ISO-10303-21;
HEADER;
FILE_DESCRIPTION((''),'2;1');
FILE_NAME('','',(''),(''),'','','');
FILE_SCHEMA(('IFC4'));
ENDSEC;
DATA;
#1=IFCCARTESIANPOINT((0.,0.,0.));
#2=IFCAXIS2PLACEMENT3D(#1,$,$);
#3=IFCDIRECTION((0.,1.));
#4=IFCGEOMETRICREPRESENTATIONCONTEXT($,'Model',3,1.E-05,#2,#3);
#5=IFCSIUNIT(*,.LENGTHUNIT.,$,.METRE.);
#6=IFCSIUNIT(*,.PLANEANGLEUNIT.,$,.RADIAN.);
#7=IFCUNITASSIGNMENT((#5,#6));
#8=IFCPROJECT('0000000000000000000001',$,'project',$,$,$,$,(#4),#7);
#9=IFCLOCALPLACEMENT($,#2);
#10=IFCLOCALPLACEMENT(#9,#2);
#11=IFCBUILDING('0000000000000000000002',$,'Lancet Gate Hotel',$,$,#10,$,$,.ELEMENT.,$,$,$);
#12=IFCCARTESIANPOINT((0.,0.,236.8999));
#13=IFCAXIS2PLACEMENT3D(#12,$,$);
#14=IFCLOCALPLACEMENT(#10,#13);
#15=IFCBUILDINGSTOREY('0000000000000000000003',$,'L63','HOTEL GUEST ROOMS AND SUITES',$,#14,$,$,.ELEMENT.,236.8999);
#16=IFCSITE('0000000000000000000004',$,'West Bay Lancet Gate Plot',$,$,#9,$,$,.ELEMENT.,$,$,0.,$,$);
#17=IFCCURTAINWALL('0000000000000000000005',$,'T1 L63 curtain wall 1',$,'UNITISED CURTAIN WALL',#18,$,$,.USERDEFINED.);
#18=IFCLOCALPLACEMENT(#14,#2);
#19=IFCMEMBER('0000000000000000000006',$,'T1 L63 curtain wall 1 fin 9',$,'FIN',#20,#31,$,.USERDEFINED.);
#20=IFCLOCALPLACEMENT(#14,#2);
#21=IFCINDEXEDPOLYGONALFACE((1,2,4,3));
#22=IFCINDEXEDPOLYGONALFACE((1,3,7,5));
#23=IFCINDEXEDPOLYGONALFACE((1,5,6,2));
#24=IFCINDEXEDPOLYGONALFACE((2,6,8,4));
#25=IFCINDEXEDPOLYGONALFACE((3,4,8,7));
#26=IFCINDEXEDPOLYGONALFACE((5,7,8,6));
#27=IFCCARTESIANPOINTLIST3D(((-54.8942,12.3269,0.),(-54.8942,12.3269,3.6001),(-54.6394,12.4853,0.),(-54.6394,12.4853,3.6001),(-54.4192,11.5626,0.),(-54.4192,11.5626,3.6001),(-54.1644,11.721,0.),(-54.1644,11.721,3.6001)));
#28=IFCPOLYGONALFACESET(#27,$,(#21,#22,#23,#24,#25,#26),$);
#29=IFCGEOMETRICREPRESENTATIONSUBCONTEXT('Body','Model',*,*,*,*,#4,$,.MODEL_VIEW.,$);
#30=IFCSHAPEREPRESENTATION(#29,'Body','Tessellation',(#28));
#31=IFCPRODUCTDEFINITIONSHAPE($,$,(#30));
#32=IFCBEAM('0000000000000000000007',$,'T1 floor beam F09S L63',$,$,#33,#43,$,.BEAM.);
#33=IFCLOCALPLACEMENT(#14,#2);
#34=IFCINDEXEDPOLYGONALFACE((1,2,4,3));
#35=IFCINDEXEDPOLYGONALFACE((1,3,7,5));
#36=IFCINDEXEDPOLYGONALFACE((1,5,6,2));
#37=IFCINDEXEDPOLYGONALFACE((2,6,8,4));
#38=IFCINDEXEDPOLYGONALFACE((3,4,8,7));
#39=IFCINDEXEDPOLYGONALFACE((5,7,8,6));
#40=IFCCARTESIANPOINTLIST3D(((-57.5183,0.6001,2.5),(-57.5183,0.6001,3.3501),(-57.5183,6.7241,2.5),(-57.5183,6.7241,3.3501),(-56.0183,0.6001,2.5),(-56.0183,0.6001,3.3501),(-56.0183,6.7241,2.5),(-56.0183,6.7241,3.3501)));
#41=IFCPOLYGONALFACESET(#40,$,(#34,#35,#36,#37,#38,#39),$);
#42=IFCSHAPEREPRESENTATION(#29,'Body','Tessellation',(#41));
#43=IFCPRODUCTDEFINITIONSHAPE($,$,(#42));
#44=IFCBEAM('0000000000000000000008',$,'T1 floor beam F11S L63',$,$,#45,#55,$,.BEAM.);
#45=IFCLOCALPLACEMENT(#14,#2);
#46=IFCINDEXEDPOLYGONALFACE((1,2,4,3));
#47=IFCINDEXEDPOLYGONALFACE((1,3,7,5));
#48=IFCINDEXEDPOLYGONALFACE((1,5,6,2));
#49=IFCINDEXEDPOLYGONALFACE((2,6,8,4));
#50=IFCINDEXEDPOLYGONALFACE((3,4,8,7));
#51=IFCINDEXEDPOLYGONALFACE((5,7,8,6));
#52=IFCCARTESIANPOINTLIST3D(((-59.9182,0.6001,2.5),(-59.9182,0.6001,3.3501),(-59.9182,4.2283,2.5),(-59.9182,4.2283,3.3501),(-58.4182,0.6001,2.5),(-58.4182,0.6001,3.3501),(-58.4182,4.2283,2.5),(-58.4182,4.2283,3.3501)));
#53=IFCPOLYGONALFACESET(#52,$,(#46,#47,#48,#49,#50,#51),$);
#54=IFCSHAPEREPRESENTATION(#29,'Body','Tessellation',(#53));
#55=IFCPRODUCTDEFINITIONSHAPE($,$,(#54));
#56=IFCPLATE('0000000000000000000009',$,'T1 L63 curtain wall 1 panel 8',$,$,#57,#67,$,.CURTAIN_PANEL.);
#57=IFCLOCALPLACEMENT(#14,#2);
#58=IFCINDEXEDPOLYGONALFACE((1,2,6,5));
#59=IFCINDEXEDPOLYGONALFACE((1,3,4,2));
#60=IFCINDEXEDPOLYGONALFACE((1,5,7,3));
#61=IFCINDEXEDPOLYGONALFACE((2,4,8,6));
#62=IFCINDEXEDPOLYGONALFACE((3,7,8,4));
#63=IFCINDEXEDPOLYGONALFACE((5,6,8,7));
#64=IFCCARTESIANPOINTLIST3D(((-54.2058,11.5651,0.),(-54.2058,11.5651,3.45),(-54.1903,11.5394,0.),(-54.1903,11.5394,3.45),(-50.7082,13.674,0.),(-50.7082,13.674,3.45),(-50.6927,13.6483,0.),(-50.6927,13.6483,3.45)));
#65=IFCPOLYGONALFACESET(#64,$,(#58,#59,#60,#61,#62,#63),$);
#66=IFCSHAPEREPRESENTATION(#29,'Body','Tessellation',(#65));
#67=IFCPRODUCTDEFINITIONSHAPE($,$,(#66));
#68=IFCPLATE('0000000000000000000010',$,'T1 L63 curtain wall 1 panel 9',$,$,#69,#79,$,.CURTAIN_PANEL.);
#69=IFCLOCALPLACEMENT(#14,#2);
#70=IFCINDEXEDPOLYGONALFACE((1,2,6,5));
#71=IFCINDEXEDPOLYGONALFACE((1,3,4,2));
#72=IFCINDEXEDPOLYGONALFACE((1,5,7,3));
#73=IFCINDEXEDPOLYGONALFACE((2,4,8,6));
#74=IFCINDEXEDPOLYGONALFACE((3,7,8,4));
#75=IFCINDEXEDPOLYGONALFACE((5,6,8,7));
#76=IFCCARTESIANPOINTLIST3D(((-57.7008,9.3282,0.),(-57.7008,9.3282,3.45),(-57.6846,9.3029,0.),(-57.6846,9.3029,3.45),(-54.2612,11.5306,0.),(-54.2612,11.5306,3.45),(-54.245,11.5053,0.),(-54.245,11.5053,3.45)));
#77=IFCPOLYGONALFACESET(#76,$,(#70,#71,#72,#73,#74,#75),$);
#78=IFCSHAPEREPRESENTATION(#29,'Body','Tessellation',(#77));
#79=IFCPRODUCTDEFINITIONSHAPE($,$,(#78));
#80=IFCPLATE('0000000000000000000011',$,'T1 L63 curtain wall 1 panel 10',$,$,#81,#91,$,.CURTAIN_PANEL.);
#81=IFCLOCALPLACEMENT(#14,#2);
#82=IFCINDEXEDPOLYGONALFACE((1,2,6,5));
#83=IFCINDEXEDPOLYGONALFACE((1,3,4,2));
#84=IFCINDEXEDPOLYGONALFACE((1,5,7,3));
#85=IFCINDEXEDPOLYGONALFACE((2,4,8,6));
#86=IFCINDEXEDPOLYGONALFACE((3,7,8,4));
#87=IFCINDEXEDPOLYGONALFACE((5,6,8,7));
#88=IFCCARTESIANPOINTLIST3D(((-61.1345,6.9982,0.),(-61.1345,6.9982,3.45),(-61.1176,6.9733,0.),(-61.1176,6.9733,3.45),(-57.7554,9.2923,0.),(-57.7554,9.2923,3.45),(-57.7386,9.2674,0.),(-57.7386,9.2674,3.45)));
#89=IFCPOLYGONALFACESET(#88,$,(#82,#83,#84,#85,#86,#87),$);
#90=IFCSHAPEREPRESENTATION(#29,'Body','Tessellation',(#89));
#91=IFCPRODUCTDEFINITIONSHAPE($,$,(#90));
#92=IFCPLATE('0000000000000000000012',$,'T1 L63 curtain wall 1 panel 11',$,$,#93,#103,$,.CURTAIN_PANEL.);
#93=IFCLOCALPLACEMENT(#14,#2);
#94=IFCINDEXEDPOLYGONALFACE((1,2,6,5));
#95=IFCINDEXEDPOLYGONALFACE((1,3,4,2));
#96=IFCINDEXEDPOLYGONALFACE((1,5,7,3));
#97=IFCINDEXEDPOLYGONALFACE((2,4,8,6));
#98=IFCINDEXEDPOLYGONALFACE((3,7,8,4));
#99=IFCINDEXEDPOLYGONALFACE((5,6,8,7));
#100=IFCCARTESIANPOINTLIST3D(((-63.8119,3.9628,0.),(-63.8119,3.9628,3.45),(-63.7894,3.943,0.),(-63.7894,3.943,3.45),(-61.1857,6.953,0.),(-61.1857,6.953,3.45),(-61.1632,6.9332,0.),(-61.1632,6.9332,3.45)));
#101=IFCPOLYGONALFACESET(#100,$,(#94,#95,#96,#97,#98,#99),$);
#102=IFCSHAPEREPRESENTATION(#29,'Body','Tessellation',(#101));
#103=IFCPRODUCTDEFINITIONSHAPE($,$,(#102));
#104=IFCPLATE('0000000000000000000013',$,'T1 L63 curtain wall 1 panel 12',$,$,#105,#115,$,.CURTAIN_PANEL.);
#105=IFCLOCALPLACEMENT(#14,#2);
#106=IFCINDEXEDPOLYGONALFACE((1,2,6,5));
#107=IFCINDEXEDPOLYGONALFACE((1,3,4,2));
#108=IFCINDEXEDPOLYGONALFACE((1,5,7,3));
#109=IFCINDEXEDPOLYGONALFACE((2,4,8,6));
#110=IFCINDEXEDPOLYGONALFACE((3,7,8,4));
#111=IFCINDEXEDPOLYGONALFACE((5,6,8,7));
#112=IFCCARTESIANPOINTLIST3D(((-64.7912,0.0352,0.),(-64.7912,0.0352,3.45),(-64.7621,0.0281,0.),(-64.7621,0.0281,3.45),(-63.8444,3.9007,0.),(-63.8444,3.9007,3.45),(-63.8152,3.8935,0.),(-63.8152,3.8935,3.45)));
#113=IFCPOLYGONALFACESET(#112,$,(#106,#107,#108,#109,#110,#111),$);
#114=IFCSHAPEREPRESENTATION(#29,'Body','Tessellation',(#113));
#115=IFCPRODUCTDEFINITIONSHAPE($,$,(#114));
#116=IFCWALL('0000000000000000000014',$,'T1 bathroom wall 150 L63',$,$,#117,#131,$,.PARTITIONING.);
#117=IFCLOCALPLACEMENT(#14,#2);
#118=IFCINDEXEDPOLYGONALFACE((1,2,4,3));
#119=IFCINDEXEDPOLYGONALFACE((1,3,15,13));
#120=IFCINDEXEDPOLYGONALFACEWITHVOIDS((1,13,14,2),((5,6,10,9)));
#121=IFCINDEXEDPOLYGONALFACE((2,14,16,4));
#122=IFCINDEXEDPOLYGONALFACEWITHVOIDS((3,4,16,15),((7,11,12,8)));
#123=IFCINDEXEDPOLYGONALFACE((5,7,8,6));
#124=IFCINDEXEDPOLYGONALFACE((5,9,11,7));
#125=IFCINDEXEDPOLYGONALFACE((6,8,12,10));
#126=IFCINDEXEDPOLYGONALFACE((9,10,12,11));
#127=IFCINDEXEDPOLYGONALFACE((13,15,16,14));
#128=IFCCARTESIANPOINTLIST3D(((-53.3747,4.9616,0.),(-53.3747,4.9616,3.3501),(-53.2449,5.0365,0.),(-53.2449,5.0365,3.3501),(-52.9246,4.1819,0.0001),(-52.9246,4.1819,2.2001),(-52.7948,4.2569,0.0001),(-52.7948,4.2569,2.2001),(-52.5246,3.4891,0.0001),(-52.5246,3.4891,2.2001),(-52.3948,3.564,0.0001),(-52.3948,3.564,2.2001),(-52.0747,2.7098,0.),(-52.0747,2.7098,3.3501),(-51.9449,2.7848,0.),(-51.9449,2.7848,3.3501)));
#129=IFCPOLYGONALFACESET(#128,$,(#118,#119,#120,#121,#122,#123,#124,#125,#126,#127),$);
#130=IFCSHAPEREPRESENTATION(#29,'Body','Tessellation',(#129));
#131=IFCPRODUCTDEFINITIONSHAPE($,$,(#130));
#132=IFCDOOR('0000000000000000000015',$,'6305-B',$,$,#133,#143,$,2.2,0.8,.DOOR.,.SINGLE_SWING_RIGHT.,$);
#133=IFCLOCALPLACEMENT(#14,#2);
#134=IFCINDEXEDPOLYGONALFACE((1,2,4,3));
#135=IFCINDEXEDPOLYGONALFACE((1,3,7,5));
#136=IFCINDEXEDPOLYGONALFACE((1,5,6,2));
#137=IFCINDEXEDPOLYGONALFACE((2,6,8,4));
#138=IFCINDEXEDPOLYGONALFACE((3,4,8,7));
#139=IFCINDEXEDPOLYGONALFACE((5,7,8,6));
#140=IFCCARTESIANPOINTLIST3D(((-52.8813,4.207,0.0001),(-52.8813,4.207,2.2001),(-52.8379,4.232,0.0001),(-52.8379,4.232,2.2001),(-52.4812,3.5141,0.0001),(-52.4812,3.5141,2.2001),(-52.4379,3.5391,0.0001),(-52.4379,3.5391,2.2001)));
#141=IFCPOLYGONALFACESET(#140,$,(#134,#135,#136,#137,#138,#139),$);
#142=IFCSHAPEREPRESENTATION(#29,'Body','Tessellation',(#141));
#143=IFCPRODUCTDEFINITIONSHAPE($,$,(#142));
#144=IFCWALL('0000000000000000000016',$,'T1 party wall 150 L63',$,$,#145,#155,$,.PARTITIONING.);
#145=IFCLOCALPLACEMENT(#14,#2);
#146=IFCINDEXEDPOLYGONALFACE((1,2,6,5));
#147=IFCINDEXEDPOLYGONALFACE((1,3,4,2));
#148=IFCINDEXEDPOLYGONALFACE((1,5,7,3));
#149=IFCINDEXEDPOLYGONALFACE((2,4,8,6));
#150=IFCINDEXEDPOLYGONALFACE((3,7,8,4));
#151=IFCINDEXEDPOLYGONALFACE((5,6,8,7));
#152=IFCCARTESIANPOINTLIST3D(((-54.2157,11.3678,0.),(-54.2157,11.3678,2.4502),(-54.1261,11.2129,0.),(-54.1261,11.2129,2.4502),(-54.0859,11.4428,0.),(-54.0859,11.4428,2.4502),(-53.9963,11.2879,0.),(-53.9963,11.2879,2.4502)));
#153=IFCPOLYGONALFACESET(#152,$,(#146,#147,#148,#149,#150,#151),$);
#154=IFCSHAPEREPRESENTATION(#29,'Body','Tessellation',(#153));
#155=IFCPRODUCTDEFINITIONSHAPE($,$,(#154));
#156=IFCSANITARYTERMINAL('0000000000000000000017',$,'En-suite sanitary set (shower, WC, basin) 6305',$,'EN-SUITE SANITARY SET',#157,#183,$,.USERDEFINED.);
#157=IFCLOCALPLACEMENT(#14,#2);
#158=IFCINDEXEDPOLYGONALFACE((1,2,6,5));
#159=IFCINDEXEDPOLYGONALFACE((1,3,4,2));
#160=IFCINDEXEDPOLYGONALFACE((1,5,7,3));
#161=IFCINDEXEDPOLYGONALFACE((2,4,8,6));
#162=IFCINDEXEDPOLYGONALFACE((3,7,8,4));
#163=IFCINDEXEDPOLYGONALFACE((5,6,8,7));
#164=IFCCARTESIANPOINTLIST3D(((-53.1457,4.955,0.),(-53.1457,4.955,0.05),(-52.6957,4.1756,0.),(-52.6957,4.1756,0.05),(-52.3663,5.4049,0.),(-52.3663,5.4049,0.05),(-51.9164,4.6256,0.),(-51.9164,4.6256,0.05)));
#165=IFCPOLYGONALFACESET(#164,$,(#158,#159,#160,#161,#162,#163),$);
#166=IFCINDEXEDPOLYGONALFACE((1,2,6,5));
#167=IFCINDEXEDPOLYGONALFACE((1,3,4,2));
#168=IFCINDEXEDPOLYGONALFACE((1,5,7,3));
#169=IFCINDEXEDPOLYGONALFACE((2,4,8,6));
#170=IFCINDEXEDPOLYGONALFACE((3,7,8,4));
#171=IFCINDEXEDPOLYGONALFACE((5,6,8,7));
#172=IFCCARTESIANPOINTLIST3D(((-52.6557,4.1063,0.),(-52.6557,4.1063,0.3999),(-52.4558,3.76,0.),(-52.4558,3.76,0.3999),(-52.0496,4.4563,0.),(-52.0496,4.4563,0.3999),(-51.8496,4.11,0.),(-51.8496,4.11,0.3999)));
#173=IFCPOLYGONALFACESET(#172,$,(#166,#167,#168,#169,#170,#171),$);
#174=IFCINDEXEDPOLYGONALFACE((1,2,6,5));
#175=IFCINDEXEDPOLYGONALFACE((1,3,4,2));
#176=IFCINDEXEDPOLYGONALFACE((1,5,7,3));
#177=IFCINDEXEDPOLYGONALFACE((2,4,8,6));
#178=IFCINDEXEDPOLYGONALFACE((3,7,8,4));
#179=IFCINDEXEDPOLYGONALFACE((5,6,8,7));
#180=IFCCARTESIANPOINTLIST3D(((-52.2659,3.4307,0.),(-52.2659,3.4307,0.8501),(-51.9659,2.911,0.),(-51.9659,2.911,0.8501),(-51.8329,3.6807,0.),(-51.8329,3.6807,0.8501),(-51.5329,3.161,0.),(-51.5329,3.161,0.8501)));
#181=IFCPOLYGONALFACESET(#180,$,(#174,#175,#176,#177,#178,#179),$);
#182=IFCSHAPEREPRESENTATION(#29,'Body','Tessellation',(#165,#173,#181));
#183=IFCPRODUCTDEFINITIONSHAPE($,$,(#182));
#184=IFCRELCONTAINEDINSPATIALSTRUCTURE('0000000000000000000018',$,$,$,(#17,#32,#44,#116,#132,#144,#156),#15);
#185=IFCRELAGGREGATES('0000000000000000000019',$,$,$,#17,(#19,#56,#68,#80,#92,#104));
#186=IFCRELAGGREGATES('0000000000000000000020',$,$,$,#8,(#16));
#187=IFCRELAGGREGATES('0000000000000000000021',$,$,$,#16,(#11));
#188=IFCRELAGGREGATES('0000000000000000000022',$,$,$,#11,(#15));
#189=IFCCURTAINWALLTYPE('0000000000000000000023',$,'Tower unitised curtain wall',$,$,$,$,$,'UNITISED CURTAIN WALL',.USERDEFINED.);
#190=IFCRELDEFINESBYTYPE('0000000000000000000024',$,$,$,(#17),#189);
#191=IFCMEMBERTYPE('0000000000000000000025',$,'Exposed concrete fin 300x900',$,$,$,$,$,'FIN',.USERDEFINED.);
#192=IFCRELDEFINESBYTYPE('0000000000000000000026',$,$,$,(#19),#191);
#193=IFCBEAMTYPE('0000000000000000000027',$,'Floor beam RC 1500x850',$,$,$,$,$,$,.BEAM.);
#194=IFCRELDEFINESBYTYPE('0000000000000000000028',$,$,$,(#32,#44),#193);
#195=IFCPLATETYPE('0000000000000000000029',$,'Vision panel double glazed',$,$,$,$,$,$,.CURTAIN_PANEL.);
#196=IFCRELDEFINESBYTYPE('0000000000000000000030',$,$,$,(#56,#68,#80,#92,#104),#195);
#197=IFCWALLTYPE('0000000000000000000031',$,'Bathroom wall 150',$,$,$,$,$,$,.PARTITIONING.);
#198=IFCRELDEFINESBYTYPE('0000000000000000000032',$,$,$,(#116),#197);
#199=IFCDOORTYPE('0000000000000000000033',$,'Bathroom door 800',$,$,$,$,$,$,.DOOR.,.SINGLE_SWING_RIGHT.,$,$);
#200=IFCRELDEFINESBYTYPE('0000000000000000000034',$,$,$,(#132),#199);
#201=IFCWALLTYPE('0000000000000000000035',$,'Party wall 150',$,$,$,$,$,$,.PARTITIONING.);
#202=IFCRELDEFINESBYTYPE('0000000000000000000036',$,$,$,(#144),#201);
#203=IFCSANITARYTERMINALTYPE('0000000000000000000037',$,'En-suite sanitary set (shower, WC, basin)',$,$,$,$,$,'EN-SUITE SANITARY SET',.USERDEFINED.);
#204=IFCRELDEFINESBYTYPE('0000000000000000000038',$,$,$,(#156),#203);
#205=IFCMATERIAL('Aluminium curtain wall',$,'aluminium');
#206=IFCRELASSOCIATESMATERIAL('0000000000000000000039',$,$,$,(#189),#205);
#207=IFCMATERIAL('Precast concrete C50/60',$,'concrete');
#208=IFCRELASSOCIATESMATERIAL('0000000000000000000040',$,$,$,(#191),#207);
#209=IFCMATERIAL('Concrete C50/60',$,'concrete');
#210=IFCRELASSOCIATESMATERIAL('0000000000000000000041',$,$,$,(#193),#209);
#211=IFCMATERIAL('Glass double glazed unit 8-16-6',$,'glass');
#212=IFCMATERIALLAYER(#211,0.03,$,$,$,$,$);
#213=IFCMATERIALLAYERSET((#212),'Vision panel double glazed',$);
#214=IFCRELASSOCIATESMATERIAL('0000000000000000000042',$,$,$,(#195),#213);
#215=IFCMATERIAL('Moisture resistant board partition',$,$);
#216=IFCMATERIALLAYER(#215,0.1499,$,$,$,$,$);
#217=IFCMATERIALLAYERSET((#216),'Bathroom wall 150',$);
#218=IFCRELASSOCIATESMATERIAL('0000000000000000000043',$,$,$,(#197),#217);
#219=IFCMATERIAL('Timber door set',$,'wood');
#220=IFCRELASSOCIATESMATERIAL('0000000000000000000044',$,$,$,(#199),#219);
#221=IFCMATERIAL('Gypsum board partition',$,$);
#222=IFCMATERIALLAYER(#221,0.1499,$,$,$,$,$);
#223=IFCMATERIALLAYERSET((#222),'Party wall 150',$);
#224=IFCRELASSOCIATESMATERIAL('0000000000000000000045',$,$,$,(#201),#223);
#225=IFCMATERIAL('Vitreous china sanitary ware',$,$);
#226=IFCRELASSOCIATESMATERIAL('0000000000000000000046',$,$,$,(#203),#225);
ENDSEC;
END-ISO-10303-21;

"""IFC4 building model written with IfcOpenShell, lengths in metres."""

from ifc_helpers import new_model, si_unit, direction, frame, frame_2d, origin, origin_2d, place, context, subcontext, project, spatial, rectangle, extrude, material, layer, layer_set, material_profile, profile_set, type_object, element, fill, aggregate, save


model = new_model("IFC4")

# Units and contexts
model_context = context("Model", 3, precision=1e-05, world=origin(), true_north=direction((0.0, 1.0)))
body_context = subcontext(model_context, "Body", "Model", "MODEL_VIEW")
ifc_project = project(units=[si_unit("LENGTHUNIT", "METRE"), si_unit("PLANEANGLEUNIT", "RADIAN")], contexts=[model_context])

# Site, building, storey
site_placement = place(None, origin())
site = spatial("IfcSite", under=ifc_project, at=site_placement, Name="West Bay Lancet Gate Plot", CompositionType="ELEMENT", RefElevation=0.0)
building_placement = place(site_placement, origin())
building = spatial("IfcBuilding", under=site, at=building_placement, Name="Lancet Gate Hotel", CompositionType="ELEMENT")
storey_placement = place(building_placement, frame((0.0, 0.0, 236.8999)))
storey = spatial("IfcBuildingStorey", under=building, at=storey_placement, Name="L63", Description="HOTEL GUEST ROOMS AND SUITES", CompositionType="ELEMENT", Elevation=236.8999)

# Curtain wall
ifc_material_1 = material(Name="Aluminium curtain wall", Category="aluminium")
curtain_wall_type = type_object("IfcCurtainWallType", Name="Tower unitised curtain wall", ElementType="UNITISED CURTAIN WALL", PredefinedType="USERDEFINED", material=ifc_material_1)
curtain_wall_placement = place(storey_placement, origin())
curtain_wall = element("IfcCurtainWall", 1, at=curtain_wall_placement, inside=storey, type_object=curtain_wall_type, Name="T1 L63 curtain wall 1", ObjectType="UNITISED CURTAIN WALL", PredefinedType="USERDEFINED")

# Member
ifc_material_2 = material(Name="Precast concrete C50/60", Category="concrete")
ifc_material_profile_1 = material_profile(ifc_material_2, rectangle(XDim=0.3, YDim=0.8999, at=origin_2d()), Name="FIN 300x900")
ifc_profile_set_1 = profile_set([ifc_material_profile_1], Name="Precast concrete C50/60")
member_type_1 = type_object("IfcMemberType", Name="Exposed concrete fin 300x900", ElementType="FIN", PredefinedType="USERDEFINED", material=ifc_profile_set_1)
member_1_placement = place(storey_placement, frame((-54.5293, 12.0239, 0.0), z_axis=(0.0, 0.0, 1.0), x_axis=(-0.849342, -0.527842, 0.0)))
member_1 = element("IfcMember", 2, at=member_1_placement, type_object=member_type_1, Name="T1 L63 curtain wall 1 fin 9", ObjectType="FIN", PredefinedType="USERDEFINED", context=body_context, shape_type="SweptSolid", body=[
    extrude(rectangle(XDim=0.3, YDim=0.8999, at=origin_2d()), origin(), (0.0, 0.0, 1.0), 3.6001),
])

# Beams
ifc_material_3 = material(Name="Concrete C50/60", Category="concrete")
ifc_material_profile_2 = material_profile(ifc_material_3, rectangle(XDim=1.5, YDim=0.8501, at=origin_2d()), Name="RC 1500x850")
ifc_profile_set_2 = profile_set([ifc_material_profile_2], Name="Concrete C50/60")
beam_type_1 = type_object("IfcBeamType", Name="Floor beam RC 1500x850", PredefinedType="BEAM", material=ifc_profile_set_2)
beam_1_placement = place(storey_placement, frame((-56.7683, 6.7241, 2.925), z_axis=(0.0, -1.0, 0.0), x_axis=(1.0, 0.0, 0.0)))
element("IfcBeam", 3, at=beam_1_placement, inside=storey, type_object=beam_type_1, Name="T1 floor beam F09S L63", PredefinedType="BEAM", context=body_context, shape_type="SweptSolid", body=[
    extrude(rectangle(XDim=1.5, YDim=0.8501, at=origin_2d()), origin(), (0.0, 0.0, 1.0), 6.124),
])
beam_2_placement = place(storey_placement, frame((-59.1682, 4.2283, 2.925), z_axis=(0.0, -1.0, 0.0), x_axis=(1.0, 0.0, 0.0)))
element("IfcBeam", 4, at=beam_2_placement, inside=storey, type_object=beam_type_1, Name="T1 floor beam F11S L63", PredefinedType="BEAM", context=body_context, shape_type="SweptSolid", body=[
    extrude(rectangle(XDim=1.5, YDim=0.8501, at=origin_2d()), origin(), (0.0, 0.0, 1.0), 3.6282),
])

# Plates
ifc_material_4 = material(Name="Glass double glazed unit 8-16-6", Category="glass")
ifc_layer_1 = layer(ifc_material_4, 0.03)
ifc_layer_set_1 = layer_set([ifc_layer_1], Name="Vision panel double glazed")
plate_type = type_object("IfcPlateType", Name="Vision panel double glazed", PredefinedType="CURTAIN_PANEL", material=ifc_layer_set_1)
plate_1_placement = place(storey_placement, frame((-52.4492, 12.6067, 0.0), z_axis=(0.0, 0.0, 1.0), x_axis=(-0.85637, -0.516363, 0.0)))
plate_1 = element("IfcPlate", 5, at=plate_1_placement, type_object=plate_type, Name="T1 L63 curtain wall 1 panel 8", PredefinedType="CURTAIN_PANEL", context=body_context, shape_type="SweptSolid", body=[
    extrude(rectangle(XDim=4.0842, YDim=0.03, at=origin_2d()), origin(), (0.0, 0.0, 1.0), 3.45),
])
plate_2_placement = place(storey_placement, frame((-55.9729, 10.4167, 0.0), z_axis=(0.0, 0.0, 1.0), x_axis=(-0.842161, -0.539226, 0.0)))
plate_2 = element("IfcPlate", 6, at=plate_2_placement, type_object=plate_type, Name="T1 L63 curtain wall 1 panel 9", PredefinedType="CURTAIN_PANEL", context=body_context, shape_type="SweptSolid", body=[
    extrude(rectangle(XDim=4.0842, YDim=0.03, at=origin_2d()), origin(), (0.0, 0.0, 1.0), 3.45),
])
plate_3_placement = place(storey_placement, frame((-59.4365, 8.1328, 0.0), z_axis=(0.0, 0.0, 1.0), x_axis=(-0.827342, -0.561698, 0.0)))
plate_3 = element("IfcPlate", 7, at=plate_3_placement, type_object=plate_type, Name="T1 L63 curtain wall 1 panel 10", PredefinedType="CURTAIN_PANEL", context=body_context, shape_type="SweptSolid", body=[
    extrude(rectangle(XDim=4.0842, YDim=0.03, at=origin_2d()), origin(), (0.0, 0.0, 1.0), 3.45),
])
plate_4_placement = place(storey_placement, frame((-62.4875, 5.448, 0.0), z_axis=(0.0, 0.0, 1.0), x_axis=(-0.659892, -0.751361, 0.0)))
plate_4 = element("IfcPlate", 8, at=plate_4_placement, type_object=plate_type, Name="T1 L63 curtain wall 1 panel 11", PredefinedType="CURTAIN_PANEL", context=body_context, shape_type="SweptSolid", body=[
    extrude(rectangle(XDim=3.9797, YDim=0.03, at=origin_2d()), origin(), (0.0, 0.0, 1.0), 3.45),
])
plate_5_placement = place(storey_placement, frame((-64.3032, 1.9644, 0.0), z_axis=(0.0, 0.0, 1.0), x_axis=(-0.237921, -0.971285, 0.0)))
plate_5 = element("IfcPlate", 9, at=plate_5_placement, type_object=plate_type, Name="T1 L63 curtain wall 1 panel 12", PredefinedType="CURTAIN_PANEL", context=body_context, shape_type="SweptSolid", body=[
    extrude(rectangle(XDim=3.9797, YDim=0.03, at=origin_2d()), origin(), (0.0, 0.0, 1.0), 3.45),
])
aggregate(curtain_wall, [member_1, plate_1, plate_2, plate_3, plate_4, plate_5])

# Wall, opening, door
ifc_material_5 = material(Name="Moisture resistant board partition")
ifc_layer_2 = layer(ifc_material_5, 0.1499)
ifc_layer_set_2 = layer_set([ifc_layer_2], Name="Bathroom wall 150")
wall_type_1 = type_object("IfcWallType", Name="Bathroom wall 150", PredefinedType="PARTITIONING", material=ifc_layer_set_2)
wall_1_placement = place(storey_placement, frame((-52.0098, 2.7473, 0.0), z_axis=(0.0, 0.0, 1.0), x_axis=(-0.500007, 0.866021, 0.0)))
wall_1 = element("IfcWall", 10, at=wall_1_placement, inside=storey, type_object=wall_type_1, Name="T1 bathroom wall 150 L63", PredefinedType="PARTITIONING", context=body_context, shape_type="SweptSolid", body=[
    extrude(rectangle(XDim=2.6001, YDim=0.1499, at=frame_2d((1.3, 0.0))), origin(), (0.0, 0.0, 1.0), 3.3501),
])
opening_placement = place(wall_1_placement, frame((0.8999, 0.0, 0.0)))
opening = element("IfcOpeningElement", 11, at=opening_placement, cuts=wall_1, PredefinedType="OPENING", context=body_context, shape_type="SweptSolid", body=[
    extrude(rectangle(XDim=0.8, YDim=2.2, at=frame_2d((0.3999, 1.1001))), frame((0.0, 0.085, 0.0), z_axis=(0.0, -1.0, 0.0), x_axis=(1.0, 0.0, 0.0)), (0.0, 0.0, 1.0), 0.1699),
])
ifc_material_6 = material(Name="Timber door set", Category="wood")
door_type = type_object("IfcDoorType", Name="Bathroom door 800", OperationType="SINGLE_SWING_RIGHT", PredefinedType="DOOR", material=ifc_material_6)
door_placement = place(opening_placement, origin())
door = element("IfcDoor", 12, at=door_placement, inside=storey, type_object=door_type, Name="6305-B", OperationType="SINGLE_SWING_RIGHT", OverallHeight=2.2, OverallWidth=0.8, PredefinedType="DOOR", context=body_context, shape_type="SweptSolid", body=[
    extrude(rectangle(XDim=0.8, YDim=2.2, at=frame_2d((0.3999, 1.1001))), frame((0.0, 0.0249, 0.0), z_axis=(0.0, -1.0, 0.0), x_axis=(1.0, 0.0, 0.0)), (0.0, 0.0, 1.0), 0.05),
])
fill(opening, door)

# Wall
ifc_material_7 = material(Name="Gypsum board partition")
ifc_layer_3 = layer(ifc_material_7, 0.1499)
ifc_layer_set_3 = layer_set([ifc_layer_3], Name="Party wall 150")
wall_type_2 = type_object("IfcWallType", Name="Party wall 150", PredefinedType="PARTITIONING", material=ifc_layer_set_3)
wall_2_placement = place(storey_placement, frame((-54.0613, 11.2505, 0.0), z_axis=(0.0, 0.0, 1.0), x_axis=(-0.500391, 0.865799, 0.0)))
element("IfcWall", 13, at=wall_2_placement, inside=storey, type_object=wall_type_2, Name="T1 party wall 150 L63", PredefinedType="PARTITIONING", context=body_context, shape_type="SweptSolid", body=[
    extrude(rectangle(XDim=0.179, YDim=0.1499, at=frame_2d((0.0894, 0.0))), origin(), (0.0, 0.0, 1.0), 2.4502),
])

# Sanitary terminal
ifc_material_8 = material(Name="Vitreous china sanitary ware")
sanitary_terminal_type = type_object("IfcSanitaryTerminalType", Name="En-suite sanitary set (shower, WC, basin)", ElementType="EN-SUITE SANITARY SET", PredefinedType="USERDEFINED", material=ifc_material_8)
sanitary_terminal_placement = place(storey_placement, frame((-52.531, 4.7903, 0.0), z_axis=(0.0, 0.0, 1.0), x_axis=(1.0, 0.0, 0.0)))
element("IfcSanitaryTerminal", 14, at=sanitary_terminal_placement, inside=storey, type_object=sanitary_terminal_type, Name="En-suite sanitary set (shower, WC, basin) 6305", ObjectType="EN-SUITE SANITARY SET", PredefinedType="USERDEFINED", context=body_context, shape_type="SweptSolid", body=[
    extrude(rectangle(XDim=0.8999, YDim=0.8999, at=origin_2d()), frame((0.0, 0.0, 0.0), z_axis=(0.0, 0.0, 1.0), x_axis=(-0.5, 0.866025, 0.0)), (0.0, 0.0, 1.0), 0.05),
    extrude(rectangle(XDim=0.3999, YDim=0.7, at=origin_2d()), frame((0.2783, -0.6821, 0.0), z_axis=(0.0, 0.0, 1.0), x_axis=(-0.5, 0.866025, 0.0)), (0.0, 0.0, 1.0), 0.3999),
    extrude(rectangle(XDim=0.6001, YDim=0.5, at=origin_2d()), frame((0.6316, -1.4944, 0.0), z_axis=(0.0, 0.0, 1.0), x_axis=(-0.5, 0.866025, 0.0)), (0.0, 0.0, 1.0), 0.8501),
])

save(model, "model.ifc")
